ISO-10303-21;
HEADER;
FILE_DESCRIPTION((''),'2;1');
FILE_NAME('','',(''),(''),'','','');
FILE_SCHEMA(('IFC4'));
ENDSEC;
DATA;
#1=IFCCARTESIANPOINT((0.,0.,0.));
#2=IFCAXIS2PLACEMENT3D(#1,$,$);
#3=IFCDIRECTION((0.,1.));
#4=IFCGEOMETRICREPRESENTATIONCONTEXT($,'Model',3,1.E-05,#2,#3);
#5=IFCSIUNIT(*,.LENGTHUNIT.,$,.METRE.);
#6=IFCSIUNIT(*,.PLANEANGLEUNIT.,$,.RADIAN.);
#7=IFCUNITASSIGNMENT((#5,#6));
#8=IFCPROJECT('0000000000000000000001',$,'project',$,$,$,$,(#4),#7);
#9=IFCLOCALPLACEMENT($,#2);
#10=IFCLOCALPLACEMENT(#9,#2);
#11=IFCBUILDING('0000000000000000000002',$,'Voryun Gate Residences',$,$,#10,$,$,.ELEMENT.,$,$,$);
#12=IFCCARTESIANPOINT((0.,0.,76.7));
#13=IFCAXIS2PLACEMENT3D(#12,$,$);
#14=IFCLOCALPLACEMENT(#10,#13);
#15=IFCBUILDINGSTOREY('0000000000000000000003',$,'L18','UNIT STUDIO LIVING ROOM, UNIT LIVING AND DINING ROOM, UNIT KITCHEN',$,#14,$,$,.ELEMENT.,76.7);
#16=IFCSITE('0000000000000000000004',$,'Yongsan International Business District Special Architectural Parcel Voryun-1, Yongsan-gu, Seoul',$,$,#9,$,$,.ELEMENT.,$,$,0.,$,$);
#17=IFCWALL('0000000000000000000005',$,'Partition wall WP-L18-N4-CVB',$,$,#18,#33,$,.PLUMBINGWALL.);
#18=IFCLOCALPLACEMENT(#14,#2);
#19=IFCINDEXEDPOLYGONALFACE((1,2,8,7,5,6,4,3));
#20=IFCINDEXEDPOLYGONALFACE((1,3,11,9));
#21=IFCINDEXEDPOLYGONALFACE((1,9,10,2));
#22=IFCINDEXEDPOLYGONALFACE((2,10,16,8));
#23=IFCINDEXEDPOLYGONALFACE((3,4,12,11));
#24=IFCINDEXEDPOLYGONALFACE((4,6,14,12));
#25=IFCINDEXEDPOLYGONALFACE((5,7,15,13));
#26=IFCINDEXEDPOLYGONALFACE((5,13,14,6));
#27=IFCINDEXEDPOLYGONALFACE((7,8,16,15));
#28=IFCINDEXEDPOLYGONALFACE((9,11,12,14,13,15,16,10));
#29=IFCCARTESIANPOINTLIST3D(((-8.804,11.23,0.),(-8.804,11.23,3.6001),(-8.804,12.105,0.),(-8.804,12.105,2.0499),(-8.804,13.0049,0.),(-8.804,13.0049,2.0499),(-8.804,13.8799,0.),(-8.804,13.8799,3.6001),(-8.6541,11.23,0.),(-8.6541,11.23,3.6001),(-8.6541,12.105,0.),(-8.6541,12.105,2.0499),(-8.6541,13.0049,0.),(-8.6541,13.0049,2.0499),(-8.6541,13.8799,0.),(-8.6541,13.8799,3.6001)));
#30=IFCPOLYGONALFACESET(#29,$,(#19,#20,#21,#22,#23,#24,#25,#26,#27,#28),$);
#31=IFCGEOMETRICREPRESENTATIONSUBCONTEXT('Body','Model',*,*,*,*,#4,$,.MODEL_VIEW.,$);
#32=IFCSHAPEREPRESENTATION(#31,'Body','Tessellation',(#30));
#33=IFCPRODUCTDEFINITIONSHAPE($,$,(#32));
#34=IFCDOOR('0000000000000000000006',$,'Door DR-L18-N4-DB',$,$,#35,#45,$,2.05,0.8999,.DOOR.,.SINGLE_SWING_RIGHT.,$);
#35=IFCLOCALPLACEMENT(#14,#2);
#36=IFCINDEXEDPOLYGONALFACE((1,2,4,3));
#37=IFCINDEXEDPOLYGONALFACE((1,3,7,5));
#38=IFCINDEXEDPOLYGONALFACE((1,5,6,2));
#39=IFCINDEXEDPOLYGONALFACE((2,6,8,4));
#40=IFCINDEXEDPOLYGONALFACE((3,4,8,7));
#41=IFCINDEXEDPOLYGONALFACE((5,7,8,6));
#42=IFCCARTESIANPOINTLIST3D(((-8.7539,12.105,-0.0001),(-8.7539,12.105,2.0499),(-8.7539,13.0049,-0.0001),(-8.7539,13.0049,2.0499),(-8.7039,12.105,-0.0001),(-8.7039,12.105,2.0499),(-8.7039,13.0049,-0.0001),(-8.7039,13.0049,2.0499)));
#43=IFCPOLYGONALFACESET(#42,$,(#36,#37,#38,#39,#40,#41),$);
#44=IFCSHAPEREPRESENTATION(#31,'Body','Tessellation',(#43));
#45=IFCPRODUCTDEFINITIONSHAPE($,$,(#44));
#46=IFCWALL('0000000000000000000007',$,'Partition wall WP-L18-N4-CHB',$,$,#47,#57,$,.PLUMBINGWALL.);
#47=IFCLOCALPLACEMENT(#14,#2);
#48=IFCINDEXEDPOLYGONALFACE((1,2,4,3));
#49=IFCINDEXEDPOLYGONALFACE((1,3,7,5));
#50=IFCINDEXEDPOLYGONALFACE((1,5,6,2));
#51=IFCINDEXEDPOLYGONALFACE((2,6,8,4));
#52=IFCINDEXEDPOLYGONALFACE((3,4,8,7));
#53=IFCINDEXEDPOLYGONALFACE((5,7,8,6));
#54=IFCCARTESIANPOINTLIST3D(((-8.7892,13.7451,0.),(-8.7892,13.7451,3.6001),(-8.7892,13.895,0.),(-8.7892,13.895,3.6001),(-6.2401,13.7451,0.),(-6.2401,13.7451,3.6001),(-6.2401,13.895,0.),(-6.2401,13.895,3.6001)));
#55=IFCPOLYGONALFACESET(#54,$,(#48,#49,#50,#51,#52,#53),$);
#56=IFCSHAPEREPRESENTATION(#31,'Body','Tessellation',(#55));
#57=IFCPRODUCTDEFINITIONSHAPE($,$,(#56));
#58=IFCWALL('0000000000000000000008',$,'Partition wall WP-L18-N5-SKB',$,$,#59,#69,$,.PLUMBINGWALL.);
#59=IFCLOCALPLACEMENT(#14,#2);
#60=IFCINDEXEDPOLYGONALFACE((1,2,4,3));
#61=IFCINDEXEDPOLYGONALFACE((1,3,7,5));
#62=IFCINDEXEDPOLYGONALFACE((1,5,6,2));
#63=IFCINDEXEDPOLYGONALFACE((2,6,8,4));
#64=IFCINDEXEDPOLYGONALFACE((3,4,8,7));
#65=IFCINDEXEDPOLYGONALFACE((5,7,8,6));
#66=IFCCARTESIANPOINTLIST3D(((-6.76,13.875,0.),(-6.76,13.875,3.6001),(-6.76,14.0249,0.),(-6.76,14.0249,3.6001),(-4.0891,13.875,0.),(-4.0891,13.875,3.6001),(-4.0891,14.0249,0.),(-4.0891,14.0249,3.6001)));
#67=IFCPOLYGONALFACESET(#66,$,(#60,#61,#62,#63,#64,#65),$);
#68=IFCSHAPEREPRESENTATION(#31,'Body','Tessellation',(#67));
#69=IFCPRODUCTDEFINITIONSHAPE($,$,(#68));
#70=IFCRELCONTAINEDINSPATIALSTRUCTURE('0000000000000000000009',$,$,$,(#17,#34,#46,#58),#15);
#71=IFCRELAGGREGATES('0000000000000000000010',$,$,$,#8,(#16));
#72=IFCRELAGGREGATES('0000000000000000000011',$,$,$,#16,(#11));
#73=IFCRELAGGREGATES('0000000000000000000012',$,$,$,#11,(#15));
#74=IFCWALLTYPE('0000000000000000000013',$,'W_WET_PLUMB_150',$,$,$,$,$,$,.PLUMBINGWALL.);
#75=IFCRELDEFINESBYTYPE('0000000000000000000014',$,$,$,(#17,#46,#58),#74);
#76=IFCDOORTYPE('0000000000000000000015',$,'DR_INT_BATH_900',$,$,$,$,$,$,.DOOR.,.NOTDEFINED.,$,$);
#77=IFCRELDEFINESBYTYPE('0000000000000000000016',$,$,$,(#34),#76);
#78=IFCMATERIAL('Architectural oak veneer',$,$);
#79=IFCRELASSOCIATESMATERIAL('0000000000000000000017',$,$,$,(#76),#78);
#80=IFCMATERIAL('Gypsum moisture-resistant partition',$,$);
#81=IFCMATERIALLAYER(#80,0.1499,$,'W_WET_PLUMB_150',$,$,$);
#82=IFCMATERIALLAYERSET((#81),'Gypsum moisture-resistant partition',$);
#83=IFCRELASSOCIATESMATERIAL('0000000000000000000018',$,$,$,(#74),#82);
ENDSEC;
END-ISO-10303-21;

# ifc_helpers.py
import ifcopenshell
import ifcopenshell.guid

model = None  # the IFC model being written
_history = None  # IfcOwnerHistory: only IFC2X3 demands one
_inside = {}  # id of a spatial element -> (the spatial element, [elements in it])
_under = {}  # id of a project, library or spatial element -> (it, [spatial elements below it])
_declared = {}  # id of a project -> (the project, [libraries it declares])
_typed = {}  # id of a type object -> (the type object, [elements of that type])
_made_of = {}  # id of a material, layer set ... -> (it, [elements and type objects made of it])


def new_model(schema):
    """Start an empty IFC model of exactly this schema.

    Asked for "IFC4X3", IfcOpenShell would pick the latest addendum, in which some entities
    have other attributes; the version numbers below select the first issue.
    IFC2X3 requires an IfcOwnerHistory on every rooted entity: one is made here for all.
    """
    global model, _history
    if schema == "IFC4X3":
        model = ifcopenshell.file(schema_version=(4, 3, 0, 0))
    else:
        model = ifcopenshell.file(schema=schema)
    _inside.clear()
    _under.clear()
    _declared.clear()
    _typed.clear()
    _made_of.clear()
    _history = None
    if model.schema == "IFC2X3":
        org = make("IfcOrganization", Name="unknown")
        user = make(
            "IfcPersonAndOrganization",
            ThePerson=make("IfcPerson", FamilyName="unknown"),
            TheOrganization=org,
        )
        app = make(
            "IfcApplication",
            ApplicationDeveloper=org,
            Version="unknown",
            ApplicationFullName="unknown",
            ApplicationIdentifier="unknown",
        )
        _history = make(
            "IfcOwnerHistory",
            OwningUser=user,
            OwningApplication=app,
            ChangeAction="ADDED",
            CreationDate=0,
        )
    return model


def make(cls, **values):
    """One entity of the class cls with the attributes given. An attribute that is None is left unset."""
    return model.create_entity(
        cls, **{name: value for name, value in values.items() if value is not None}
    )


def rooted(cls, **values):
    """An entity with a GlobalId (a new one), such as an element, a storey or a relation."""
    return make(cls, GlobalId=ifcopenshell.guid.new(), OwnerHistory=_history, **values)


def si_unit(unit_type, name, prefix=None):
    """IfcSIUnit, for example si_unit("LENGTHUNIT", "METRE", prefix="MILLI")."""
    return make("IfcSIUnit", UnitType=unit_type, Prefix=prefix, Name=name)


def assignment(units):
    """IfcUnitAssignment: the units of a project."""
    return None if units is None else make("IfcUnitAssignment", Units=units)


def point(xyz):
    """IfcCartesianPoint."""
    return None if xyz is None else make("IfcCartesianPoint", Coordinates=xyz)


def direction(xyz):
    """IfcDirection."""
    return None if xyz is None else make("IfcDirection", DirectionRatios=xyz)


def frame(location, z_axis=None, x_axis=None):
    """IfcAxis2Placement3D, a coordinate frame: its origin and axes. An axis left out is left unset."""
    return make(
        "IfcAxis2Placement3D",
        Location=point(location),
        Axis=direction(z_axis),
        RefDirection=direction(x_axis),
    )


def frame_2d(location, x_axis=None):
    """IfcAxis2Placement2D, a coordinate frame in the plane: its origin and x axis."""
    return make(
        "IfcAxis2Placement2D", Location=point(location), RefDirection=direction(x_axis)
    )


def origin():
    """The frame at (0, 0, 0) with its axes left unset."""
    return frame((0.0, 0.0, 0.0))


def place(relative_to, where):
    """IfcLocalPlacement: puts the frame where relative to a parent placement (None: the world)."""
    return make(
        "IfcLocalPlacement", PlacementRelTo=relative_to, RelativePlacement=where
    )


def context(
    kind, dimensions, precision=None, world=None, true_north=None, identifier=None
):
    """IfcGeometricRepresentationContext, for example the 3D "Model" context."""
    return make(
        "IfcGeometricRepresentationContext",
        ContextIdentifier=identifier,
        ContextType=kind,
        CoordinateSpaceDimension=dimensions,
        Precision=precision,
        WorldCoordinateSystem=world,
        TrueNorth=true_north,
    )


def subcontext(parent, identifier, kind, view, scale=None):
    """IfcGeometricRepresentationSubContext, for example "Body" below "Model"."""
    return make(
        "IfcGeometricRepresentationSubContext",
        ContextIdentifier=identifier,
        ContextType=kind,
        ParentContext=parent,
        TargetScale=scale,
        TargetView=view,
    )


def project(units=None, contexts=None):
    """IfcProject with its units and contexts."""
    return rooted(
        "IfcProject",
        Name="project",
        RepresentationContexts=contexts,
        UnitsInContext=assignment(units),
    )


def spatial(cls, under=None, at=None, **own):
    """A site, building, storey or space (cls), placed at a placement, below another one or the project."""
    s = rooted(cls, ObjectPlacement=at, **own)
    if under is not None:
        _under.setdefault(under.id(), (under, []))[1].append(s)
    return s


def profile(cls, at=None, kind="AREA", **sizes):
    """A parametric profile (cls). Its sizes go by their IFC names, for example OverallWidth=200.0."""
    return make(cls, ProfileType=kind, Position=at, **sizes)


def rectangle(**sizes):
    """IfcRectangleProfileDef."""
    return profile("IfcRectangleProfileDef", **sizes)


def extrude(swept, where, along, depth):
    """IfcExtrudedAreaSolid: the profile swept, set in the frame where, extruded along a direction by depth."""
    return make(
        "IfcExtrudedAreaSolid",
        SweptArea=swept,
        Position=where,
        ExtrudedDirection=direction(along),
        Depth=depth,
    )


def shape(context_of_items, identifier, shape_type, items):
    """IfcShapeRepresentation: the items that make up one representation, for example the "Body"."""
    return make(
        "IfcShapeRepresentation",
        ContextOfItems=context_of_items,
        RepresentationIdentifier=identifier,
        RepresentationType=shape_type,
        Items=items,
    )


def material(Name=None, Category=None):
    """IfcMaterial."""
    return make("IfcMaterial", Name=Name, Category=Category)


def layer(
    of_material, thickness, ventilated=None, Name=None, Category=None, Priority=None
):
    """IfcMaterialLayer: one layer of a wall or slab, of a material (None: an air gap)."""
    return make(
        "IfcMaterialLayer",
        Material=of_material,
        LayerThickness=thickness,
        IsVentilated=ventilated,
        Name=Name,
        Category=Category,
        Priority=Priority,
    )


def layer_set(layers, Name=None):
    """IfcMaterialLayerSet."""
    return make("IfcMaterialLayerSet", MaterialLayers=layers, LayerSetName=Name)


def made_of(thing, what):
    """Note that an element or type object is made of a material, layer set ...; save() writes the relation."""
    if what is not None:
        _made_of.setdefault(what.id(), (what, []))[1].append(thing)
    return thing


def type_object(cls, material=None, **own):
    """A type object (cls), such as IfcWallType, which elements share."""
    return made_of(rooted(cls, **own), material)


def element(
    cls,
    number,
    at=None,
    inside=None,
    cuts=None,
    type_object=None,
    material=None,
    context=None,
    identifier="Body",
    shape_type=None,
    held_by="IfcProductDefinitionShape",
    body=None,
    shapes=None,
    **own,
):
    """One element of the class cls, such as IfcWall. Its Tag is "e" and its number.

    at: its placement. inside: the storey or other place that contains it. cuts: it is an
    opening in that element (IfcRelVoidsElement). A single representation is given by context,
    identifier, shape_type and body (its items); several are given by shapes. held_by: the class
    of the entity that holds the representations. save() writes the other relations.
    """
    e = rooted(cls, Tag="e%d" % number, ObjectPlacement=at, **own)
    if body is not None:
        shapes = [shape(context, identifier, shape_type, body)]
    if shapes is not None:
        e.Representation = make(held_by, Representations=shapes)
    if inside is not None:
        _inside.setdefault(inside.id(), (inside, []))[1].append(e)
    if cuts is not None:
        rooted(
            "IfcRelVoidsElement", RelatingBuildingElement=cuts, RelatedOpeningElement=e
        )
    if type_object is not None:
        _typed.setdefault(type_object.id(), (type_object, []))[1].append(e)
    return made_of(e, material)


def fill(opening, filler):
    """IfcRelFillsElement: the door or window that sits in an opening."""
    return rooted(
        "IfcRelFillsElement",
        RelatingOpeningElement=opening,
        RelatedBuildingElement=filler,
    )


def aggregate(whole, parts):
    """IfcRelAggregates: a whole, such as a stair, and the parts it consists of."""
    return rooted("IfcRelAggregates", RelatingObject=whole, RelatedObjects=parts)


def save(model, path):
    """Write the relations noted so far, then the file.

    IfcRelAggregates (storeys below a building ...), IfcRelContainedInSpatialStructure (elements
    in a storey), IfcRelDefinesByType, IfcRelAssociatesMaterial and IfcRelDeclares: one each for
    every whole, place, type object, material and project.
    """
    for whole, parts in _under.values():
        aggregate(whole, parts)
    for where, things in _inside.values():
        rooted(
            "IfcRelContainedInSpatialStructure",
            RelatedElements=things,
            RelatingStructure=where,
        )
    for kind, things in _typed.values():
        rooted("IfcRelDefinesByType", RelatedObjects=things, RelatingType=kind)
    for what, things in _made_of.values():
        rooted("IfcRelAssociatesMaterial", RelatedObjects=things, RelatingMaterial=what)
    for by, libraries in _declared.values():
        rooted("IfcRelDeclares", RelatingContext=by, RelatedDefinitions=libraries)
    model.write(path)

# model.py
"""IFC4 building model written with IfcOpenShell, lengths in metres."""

from ifc_helpers import new_model, si_unit, direction, frame, frame_2d, origin, place, context, subcontext, project, spatial, rectangle, extrude, material, layer, layer_set, type_object, element, fill, save


model = new_model("IFC4")

# Units and contexts
model_context = context("Model", 3, precision=1e-05, world=origin(), true_north=direction((0.0, 1.0)))
body_context = subcontext(model_context, "Body", "Model", "MODEL_VIEW")
ifc_project = project(units=[si_unit("LENGTHUNIT", "METRE"), si_unit("PLANEANGLEUNIT", "RADIAN")], contexts=[model_context])

# Site, building, storey
site_placement = place(None, origin())
site = spatial("IfcSite", under=ifc_project, at=site_placement, Name="Yongsan International Business District Special Architectural Parcel Voryun-1, Yongsan-gu, Seoul", CompositionType="ELEMENT", RefElevation=0.0)
building_placement = place(site_placement, origin())
building = spatial("IfcBuilding", under=site, at=building_placement, Name="Voryun Gate Residences", CompositionType="ELEMENT")
storey_placement = place(building_placement, frame((0.0, 0.0, 76.7)))
storey = spatial("IfcBuildingStorey", under=building, at=storey_placement, Name="L18", Description="UNIT STUDIO LIVING ROOM, UNIT LIVING AND DINING ROOM, UNIT KITCHEN", CompositionType="ELEMENT", Elevation=76.7)

# Shared definitions
ifc_material_1 = material(Name="Architectural oak veneer")
door_type_1 = type_object("IfcDoorType", Name="DR_INT_BATH_900", OperationType="NOTDEFINED", PredefinedType="DOOR", material=ifc_material_1)

# Wall, opening, door
ifc_material_2 = material(Name="Gypsum moisture-resistant partition")
ifc_layer_1 = layer(ifc_material_2, 0.1499, Name="W_WET_PLUMB_150")
ifc_layer_set_1 = layer_set([ifc_layer_1], Name="Gypsum moisture-resistant partition")
wall_type_1 = type_object("IfcWallType", Name="W_WET_PLUMB_150", PredefinedType="PLUMBINGWALL", material=ifc_layer_set_1)
wall_1_placement = place(storey_placement, frame((-8.729, 11.23, 0.0), z_axis=(0.0, 0.0, 1.0), x_axis=(0.0, 1.0, 0.0)))
wall_1 = element("IfcWall", 1, at=wall_1_placement, inside=storey, type_object=wall_type_1, Name="Partition wall WP-L18-N4-CVB", PredefinedType="PLUMBINGWALL", context=body_context, shape_type="SweptSolid", body=[
    extrude(rectangle(XDim=2.6499, YDim=0.1499, at=frame_2d((1.325, 0.0))), origin(), (0.0, 0.0, 1.0), 3.6001),
])
opening_1_placement = place(wall_1_placement, frame((0.875, 0.0, 0.0)))
opening_1 = element("IfcOpeningElement", 2, at=opening_1_placement, cuts=wall_1, PredefinedType="OPENING", context=body_context, shape_type="SweptSolid", body=[
    extrude(rectangle(XDim=0.8999, YDim=2.05, at=frame_2d((0.45, 1.0249))), frame((0.0, 0.085, 0.0), z_axis=(0.0, -1.0, 0.0), x_axis=(1.0, 0.0, 0.0)), (0.0, 0.0, 1.0), 0.1699),
])
door_1_placement = place(opening_1_placement, origin())
door_1 = element("IfcDoor", 3, at=door_1_placement, inside=storey, type_object=door_type_1, Name="Door DR-L18-N4-DB", OperationType="SINGLE_SWING_RIGHT", OverallHeight=2.05, OverallWidth=0.8999, PredefinedType="DOOR", context=body_context, shape_type="SweptSolid", body=[
    extrude(rectangle(XDim=0.8999, YDim=2.05, at=frame_2d((0.45, 1.0249))), frame((0.0, 0.0249, 0.0), z_axis=(0.0, -1.0, 0.0), x_axis=(1.0, 0.0, 0.0)), (0.0, 0.0, 1.0), 0.05),
])
fill(opening_1, door_1)

# Walls
wall_2_placement = place(storey_placement, frame((-8.7891, 13.8201, 0.0), z_axis=(0.0, 0.0, 1.0), x_axis=(1.0, 0.0, 0.0)))
element("IfcWall", 4, at=wall_2_placement, inside=storey, type_object=wall_type_1, Name="Partition wall WP-L18-N4-CHB", PredefinedType="PLUMBINGWALL", context=body_context, shape_type="SweptSolid", body=[
    extrude(rectangle(XDim=2.5491, YDim=0.1499, at=frame_2d((1.2744, 0.0))), origin(), (0.0, 0.0, 1.0), 3.6001),
])
wall_3_placement = place(storey_placement, frame((-6.76, 13.95, 0.0), z_axis=(0.0, 0.0, 1.0), x_axis=(1.0, 0.0, 0.0)))
element("IfcWall", 5, at=wall_3_placement, inside=storey, type_object=wall_type_1, Name="Partition wall WP-L18-N5-SKB", PredefinedType="PLUMBINGWALL", context=body_context, shape_type="SweptSolid", body=[
    extrude(rectangle(XDim=2.6709, YDim=0.1499, at=frame_2d((1.3354, 0.0))), origin(), (0.0, 0.0, 1.0), 3.6001),
])

save(model, "model.ifc")
